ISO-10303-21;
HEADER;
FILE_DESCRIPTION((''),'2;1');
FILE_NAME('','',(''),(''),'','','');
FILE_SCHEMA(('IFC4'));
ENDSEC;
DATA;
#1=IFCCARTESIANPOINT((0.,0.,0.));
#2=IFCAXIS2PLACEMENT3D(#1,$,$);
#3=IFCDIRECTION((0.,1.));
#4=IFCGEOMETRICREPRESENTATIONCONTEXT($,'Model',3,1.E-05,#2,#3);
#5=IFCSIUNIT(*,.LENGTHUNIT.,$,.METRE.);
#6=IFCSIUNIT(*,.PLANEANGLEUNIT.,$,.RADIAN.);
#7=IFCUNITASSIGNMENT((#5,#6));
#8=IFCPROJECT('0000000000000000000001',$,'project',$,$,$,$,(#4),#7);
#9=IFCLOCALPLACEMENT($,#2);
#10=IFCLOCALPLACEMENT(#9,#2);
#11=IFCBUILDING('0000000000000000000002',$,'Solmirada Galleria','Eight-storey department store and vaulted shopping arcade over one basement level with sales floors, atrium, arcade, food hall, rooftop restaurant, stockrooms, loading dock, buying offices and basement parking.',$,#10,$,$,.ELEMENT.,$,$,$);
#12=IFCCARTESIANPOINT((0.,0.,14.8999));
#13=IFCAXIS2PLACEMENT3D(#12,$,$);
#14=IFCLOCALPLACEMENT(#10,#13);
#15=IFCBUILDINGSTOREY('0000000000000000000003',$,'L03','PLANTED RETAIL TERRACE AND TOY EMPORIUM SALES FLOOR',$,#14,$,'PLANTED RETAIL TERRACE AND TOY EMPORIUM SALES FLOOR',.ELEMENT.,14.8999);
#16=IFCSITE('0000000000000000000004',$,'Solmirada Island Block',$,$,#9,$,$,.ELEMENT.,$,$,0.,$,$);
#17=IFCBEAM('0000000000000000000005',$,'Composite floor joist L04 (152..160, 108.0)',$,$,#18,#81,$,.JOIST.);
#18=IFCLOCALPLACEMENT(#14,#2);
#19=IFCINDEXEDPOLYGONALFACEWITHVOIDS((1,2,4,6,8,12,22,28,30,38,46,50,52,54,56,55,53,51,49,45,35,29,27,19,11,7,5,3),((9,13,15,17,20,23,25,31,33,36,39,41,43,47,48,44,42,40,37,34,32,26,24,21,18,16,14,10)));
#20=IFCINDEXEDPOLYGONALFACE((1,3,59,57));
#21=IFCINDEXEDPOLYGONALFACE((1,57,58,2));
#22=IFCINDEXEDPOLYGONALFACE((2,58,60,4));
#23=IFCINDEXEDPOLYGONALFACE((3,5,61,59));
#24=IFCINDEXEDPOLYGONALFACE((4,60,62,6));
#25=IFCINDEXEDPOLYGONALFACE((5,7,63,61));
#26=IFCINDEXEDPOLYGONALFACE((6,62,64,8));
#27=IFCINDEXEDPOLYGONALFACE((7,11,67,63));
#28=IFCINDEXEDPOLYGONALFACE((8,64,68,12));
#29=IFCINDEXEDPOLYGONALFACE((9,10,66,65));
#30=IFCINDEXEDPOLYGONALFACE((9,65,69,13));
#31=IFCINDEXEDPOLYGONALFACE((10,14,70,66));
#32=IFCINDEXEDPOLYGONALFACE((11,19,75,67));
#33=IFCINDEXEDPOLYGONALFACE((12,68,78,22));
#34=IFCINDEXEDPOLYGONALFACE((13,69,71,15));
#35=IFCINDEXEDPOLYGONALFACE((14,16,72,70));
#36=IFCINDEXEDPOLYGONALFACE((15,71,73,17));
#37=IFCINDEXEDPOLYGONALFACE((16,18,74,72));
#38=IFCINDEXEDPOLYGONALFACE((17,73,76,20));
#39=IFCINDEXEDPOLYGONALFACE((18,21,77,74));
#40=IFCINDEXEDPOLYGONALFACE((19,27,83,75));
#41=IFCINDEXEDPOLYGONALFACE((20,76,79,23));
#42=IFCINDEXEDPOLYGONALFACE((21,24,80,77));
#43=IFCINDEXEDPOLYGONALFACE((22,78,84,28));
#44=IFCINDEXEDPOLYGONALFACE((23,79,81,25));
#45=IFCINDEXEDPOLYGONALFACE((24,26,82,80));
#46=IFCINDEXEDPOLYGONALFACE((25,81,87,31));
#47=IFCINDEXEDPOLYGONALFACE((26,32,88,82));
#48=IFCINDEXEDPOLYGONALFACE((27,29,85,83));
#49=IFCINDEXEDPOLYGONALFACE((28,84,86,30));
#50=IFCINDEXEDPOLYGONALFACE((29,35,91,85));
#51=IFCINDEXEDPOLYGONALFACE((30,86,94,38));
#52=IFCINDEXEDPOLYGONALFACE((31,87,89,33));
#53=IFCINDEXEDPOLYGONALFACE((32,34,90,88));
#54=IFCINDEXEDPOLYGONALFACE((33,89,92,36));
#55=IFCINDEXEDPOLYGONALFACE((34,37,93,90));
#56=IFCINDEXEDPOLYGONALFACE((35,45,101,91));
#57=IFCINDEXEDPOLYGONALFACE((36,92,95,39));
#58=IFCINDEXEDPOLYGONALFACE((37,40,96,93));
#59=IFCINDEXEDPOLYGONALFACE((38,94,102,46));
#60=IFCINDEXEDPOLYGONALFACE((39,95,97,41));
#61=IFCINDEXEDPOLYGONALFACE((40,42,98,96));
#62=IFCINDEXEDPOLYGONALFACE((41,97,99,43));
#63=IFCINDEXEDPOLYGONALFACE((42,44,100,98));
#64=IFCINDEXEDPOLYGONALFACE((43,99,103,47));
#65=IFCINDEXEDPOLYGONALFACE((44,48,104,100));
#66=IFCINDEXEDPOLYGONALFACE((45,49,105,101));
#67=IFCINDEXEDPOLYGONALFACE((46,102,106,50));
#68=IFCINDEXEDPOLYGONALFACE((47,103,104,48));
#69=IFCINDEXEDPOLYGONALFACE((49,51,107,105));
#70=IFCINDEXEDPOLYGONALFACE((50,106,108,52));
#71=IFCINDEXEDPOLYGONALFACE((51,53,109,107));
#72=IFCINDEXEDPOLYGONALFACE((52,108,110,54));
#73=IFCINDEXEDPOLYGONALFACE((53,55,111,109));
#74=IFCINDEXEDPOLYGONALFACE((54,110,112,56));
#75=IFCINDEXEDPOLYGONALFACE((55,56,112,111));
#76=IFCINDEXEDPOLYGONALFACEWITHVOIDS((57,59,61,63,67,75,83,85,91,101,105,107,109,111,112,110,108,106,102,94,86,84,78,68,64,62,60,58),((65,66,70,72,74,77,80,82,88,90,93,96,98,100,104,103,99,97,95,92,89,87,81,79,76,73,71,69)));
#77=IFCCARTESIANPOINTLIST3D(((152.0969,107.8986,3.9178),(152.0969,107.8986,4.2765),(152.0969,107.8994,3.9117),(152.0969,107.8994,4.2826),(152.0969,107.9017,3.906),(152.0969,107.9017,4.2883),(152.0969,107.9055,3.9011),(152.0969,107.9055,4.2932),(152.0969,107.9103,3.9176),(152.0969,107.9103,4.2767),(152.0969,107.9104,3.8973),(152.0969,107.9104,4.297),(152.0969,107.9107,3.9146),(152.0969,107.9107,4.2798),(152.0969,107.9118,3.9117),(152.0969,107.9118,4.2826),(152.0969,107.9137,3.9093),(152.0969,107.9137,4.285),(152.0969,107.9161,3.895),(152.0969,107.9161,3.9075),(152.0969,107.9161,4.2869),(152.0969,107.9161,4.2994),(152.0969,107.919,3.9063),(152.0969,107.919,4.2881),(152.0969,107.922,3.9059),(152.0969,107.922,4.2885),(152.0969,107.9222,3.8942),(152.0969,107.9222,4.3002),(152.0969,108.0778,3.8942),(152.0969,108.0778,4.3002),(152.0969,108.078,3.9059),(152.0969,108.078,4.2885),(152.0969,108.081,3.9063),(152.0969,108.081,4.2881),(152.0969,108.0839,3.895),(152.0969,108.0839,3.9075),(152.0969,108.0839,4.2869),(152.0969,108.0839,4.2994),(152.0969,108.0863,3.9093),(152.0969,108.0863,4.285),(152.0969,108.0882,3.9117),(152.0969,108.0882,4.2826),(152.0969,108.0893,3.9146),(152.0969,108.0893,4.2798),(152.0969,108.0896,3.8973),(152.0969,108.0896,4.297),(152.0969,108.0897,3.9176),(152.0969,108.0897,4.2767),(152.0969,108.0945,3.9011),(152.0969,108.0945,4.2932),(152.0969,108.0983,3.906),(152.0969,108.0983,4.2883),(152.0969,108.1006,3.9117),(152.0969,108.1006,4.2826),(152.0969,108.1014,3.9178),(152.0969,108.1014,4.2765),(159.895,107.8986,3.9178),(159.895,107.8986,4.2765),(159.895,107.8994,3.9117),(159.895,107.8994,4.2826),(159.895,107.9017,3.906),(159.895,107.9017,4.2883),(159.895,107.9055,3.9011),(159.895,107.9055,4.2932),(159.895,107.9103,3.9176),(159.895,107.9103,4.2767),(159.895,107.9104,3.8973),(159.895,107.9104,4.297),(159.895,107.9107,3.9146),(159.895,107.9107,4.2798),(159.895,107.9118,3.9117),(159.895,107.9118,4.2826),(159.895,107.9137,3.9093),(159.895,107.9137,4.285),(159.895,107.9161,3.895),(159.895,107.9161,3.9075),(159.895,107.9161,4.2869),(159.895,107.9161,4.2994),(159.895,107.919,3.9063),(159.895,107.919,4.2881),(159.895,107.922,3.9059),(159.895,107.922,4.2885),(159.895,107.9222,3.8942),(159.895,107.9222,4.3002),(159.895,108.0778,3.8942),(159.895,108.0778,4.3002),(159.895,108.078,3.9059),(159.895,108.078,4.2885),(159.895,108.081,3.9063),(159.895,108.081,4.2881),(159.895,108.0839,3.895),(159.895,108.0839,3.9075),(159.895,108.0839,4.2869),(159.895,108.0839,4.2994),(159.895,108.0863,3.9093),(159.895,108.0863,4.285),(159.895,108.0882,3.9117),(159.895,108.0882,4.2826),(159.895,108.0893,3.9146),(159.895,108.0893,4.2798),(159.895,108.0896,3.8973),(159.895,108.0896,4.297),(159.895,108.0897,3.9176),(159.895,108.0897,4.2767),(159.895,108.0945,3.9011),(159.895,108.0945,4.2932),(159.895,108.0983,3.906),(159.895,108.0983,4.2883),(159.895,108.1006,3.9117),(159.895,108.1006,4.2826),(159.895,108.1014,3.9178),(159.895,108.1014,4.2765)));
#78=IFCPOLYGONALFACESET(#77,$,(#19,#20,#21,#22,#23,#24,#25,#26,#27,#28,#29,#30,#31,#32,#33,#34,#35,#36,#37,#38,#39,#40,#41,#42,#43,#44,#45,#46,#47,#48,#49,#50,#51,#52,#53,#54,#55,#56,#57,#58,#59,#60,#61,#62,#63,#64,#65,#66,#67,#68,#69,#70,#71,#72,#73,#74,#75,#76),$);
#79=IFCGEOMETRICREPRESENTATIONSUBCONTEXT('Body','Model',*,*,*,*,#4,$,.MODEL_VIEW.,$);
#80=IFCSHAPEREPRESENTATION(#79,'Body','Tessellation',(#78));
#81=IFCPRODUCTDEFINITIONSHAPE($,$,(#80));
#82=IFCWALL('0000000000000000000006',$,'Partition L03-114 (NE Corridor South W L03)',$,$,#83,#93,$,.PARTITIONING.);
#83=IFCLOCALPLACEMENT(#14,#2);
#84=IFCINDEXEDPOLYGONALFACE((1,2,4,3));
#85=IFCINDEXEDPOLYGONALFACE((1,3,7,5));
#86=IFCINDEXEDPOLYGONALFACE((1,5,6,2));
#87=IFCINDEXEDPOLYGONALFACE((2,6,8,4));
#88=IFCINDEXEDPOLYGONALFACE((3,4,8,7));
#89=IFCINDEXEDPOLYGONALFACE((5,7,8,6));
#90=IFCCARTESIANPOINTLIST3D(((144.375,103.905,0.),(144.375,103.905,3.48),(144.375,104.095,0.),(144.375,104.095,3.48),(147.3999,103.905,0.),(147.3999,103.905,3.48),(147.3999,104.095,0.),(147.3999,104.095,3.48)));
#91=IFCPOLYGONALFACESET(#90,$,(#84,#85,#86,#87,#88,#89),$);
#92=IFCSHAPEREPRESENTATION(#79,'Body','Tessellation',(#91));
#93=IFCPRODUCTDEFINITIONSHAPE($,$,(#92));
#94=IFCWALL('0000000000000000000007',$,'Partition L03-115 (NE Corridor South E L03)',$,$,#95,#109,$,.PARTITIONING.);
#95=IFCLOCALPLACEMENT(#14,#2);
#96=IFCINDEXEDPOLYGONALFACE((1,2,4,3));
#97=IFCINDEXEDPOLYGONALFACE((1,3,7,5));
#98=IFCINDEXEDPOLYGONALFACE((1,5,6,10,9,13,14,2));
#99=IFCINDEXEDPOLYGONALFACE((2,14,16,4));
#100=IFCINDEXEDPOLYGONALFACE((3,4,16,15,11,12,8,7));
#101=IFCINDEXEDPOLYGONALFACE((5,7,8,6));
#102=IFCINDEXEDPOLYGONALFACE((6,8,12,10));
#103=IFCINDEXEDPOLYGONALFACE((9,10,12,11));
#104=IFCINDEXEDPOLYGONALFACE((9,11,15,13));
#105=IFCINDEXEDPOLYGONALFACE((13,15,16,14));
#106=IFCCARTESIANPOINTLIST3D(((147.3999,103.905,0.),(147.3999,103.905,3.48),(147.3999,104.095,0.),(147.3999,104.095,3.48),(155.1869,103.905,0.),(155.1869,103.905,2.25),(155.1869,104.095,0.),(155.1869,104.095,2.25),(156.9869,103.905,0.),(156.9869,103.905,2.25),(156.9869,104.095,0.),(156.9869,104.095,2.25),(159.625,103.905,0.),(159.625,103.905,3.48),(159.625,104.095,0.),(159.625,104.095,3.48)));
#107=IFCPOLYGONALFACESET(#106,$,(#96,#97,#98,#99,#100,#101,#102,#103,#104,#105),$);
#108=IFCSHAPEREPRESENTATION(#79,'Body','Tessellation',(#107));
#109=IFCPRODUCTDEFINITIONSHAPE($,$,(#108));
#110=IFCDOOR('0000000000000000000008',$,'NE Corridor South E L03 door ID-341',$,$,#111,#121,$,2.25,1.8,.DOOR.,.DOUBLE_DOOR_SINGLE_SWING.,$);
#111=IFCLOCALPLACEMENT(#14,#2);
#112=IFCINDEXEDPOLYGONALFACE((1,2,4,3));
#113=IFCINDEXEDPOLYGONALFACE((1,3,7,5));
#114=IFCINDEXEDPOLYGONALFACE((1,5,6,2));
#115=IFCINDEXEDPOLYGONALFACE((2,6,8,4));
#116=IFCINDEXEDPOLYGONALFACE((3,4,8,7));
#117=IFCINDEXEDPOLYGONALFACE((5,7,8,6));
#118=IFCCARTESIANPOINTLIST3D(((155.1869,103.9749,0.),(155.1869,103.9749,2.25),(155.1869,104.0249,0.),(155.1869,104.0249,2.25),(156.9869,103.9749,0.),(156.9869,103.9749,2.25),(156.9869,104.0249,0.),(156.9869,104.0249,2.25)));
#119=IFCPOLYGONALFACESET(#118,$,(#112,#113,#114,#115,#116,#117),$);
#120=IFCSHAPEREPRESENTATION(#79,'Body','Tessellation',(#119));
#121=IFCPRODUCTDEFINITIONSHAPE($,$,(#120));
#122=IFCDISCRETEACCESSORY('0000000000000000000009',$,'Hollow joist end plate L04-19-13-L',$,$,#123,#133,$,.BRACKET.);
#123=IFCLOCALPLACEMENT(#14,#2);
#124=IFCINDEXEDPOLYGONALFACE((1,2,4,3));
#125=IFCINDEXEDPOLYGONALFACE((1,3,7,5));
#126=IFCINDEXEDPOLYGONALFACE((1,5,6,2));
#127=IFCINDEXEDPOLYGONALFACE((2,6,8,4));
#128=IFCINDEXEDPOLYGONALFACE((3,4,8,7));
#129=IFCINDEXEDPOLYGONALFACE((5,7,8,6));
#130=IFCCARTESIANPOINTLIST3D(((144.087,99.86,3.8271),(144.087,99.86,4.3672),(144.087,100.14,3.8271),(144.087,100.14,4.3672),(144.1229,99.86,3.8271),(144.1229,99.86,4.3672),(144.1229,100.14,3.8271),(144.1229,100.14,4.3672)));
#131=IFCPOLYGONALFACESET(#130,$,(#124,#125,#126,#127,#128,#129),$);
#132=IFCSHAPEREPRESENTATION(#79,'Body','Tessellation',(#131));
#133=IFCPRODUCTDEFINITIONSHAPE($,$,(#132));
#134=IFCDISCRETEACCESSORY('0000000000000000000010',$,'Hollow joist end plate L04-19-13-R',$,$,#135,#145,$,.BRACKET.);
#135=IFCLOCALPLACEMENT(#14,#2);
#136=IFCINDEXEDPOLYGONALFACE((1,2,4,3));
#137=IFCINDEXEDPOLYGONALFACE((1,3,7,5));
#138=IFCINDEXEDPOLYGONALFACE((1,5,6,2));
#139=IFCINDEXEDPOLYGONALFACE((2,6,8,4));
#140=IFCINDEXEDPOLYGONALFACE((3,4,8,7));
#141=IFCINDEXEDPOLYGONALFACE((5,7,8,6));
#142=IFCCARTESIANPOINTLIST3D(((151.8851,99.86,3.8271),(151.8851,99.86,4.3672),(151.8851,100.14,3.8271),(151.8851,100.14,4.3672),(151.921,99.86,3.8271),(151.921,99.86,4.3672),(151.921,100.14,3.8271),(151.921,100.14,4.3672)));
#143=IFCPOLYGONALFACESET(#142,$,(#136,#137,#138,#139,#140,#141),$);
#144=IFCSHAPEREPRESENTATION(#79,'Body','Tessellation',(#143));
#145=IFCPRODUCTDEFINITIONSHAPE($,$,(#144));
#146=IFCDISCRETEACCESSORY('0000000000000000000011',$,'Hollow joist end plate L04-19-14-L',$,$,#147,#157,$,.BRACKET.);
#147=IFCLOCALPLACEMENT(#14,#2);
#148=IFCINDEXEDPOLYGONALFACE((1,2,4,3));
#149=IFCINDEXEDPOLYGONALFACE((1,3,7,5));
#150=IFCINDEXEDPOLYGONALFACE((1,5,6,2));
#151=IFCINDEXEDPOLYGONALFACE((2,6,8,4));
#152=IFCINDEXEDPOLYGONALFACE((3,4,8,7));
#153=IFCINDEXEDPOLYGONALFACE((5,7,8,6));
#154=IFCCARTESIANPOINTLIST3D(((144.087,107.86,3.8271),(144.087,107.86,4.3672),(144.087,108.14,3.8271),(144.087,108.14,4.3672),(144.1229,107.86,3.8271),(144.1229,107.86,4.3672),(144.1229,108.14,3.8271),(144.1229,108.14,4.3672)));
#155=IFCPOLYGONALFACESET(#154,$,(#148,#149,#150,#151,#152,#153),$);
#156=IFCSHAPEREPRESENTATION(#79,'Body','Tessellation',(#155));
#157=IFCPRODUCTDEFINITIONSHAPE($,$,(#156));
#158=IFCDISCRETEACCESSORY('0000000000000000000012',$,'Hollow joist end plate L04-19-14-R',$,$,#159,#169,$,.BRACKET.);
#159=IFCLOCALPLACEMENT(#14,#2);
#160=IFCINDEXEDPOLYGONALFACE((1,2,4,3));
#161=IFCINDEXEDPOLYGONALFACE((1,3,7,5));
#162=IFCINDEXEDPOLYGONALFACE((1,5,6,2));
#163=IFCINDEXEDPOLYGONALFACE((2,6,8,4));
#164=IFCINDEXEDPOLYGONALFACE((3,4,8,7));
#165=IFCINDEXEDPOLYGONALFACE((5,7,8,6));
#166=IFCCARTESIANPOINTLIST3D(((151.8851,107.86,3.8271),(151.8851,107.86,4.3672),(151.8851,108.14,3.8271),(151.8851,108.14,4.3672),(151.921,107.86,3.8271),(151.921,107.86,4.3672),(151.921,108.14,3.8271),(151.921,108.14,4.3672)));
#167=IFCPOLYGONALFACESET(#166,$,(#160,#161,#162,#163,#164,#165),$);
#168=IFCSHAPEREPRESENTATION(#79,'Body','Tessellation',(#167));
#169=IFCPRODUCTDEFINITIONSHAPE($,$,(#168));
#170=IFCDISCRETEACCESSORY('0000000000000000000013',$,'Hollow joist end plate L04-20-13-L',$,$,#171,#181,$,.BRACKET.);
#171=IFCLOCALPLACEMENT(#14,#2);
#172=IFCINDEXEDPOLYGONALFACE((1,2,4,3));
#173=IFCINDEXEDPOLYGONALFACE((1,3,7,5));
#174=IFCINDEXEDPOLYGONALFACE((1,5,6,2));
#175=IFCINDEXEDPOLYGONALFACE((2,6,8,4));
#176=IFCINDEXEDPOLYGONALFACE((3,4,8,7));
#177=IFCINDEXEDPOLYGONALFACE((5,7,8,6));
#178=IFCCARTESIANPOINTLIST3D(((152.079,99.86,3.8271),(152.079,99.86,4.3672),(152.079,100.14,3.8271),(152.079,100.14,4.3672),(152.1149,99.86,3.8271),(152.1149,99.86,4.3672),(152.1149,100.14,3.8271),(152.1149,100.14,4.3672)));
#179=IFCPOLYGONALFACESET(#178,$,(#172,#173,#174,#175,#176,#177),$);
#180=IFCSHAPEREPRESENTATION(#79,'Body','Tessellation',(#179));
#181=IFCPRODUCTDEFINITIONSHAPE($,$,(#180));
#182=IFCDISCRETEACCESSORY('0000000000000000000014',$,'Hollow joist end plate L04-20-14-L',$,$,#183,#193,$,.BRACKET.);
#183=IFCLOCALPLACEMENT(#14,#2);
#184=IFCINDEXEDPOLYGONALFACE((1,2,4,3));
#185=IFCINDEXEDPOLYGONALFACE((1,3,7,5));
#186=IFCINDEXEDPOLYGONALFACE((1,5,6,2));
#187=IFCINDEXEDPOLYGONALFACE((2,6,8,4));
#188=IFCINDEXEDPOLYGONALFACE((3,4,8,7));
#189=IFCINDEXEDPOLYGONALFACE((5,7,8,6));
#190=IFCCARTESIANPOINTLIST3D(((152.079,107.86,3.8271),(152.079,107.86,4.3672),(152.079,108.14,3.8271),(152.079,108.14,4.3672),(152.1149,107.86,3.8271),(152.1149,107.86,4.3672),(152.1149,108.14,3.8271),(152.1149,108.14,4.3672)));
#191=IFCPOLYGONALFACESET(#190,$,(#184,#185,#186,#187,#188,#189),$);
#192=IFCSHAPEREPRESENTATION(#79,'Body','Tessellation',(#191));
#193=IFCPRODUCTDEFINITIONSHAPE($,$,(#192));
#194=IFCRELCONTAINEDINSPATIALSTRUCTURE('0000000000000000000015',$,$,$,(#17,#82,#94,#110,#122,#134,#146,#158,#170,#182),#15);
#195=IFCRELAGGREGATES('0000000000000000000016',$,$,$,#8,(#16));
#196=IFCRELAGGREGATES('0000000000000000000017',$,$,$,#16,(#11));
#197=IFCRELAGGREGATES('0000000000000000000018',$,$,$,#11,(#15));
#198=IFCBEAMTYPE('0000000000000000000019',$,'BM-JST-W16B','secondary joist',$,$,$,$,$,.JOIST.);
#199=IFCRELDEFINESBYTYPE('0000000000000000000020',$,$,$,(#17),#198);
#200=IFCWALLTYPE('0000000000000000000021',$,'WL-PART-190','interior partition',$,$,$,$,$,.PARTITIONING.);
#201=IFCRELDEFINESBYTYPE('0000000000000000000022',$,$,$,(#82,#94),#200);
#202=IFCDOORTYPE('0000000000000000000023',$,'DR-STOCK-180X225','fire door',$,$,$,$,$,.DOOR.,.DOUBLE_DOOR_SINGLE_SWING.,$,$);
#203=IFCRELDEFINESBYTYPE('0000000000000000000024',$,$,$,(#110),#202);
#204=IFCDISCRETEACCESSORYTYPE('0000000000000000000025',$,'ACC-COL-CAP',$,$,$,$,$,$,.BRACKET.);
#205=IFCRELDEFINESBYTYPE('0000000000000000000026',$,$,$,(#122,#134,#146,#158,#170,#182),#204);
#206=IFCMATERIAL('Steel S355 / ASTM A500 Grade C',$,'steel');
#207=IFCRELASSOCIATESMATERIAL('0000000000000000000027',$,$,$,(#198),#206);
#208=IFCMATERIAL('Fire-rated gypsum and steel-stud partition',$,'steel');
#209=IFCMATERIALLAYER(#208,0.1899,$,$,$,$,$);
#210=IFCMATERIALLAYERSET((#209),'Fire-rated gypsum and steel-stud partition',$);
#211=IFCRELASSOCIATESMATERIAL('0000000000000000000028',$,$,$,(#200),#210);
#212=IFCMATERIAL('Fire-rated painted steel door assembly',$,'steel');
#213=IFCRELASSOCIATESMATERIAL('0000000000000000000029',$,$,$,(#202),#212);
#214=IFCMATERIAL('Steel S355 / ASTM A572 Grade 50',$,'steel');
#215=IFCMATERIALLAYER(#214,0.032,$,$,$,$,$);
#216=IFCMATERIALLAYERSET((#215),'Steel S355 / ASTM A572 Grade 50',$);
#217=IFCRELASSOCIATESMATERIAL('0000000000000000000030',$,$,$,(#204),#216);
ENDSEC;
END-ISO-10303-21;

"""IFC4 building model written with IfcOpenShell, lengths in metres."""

from ifc_helpers import new_model, si_unit, direction, frame, frame_2d, origin, origin_2d, place, context, subcontext, project, spatial, rectangle, hollow_rectangle, extrude, material, layer, layer_set, material_profile, profile_set, type_object, element, fill, save


model = new_model("IFC4")

# Units and contexts
model_context = context("Model", 3, precision=1e-05, world=origin(), true_north=direction((0.0, 1.0)))
body_context = subcontext(model_context, "Body", "Model", "MODEL_VIEW")
ifc_project = project(units=[si_unit("LENGTHUNIT", "METRE"), si_unit("PLANEANGLEUNIT", "RADIAN")], contexts=[model_context])

# Site, building, storey
site_placement = place(None, origin())
site = spatial("IfcSite", under=ifc_project, at=site_placement, Name="Solmirada Island Block", CompositionType="ELEMENT", RefElevation=0.0)
building_placement = place(site_placement, origin())
building = spatial("IfcBuilding", under=site, at=building_placement, Name="Solmirada Galleria", Description="Eight-storey department store and vaulted shopping arcade over one basement level with sales floors, atrium, arcade, food hall, rooftop restaurant, stockrooms, loading dock, buying offices and basement parking.", CompositionType="ELEMENT")
storey_placement = place(building_placement, frame((0.0, 0.0, 14.8999)))
storey = spatial("IfcBuildingStorey", under=building, at=storey_placement, Name="L03", Description="PLANTED RETAIL TERRACE AND TOY EMPORIUM SALES FLOOR", LongName="PLANTED RETAIL TERRACE AND TOY EMPORIUM SALES FLOOR", CompositionType="ELEMENT", Elevation=14.8999)

# Beam
ifc_material_1 = material(Name="Steel S355 / ASTM A500 Grade C", Category="steel")
ifc_material_profile_1 = material_profile(ifc_material_1, hollow_rectangle(XDim=0.2029, YDim=0.406, WallThickness=0.0117, InnerFilletRadius=0.0117, OuterFilletRadius=0.0237, at=origin_2d()), Name="HSS16X8X1/2")
ifc_profile_set_1 = profile_set([ifc_material_profile_1], Name="Steel S355 / ASTM A500 Grade C")
beam_type_1 = type_object("IfcBeamType", Name="BM-JST-W16B", Description="secondary joist", PredefinedType="JOIST", material=ifc_profile_set_1)
for number, where, z_axis, x_axis, name in (
    (1, (152.0969, 108.0, 4.0972), (1.0, 0.0, 0.0), (0.0, 1.0, 0.0), "Composite floor joist L04 (152..160, 108.0)"),
):
    element("IfcBeam", number, at=place(storey_placement, frame(where, z_axis=z_axis, x_axis=x_axis)), inside=storey, type_object=beam_type_1, Name=name, PredefinedType="JOIST", context=body_context, shape_type="SweptSolid", body=[
        extrude(hollow_rectangle(XDim=0.2029, YDim=0.406, WallThickness=0.0117, InnerFilletRadius=0.0117, OuterFilletRadius=0.0237, at=origin_2d()), origin(), (0.0, 0.0, 1.0), 7.7981),
    ])

# Wall
ifc_material_2 = material(Name="Fire-rated gypsum and steel-stud partition", Category="steel")
ifc_layer_1 = layer(ifc_material_2, 0.1899)
ifc_layer_set_1 = layer_set([ifc_layer_1], Name="Fire-rated gypsum and steel-stud partition")
wall_type = type_object("IfcWallType", Name="WL-PART-190", Description="interior partition", PredefinedType="PARTITIONING", material=ifc_layer_set_1)
wall_1_placement = place(storey_placement, frame((144.375, 104.0, 0.0), z_axis=(0.0, 0.0, 1.0), x_axis=(1.0, 0.0, 0.0)))
element("IfcWall", 2, at=wall_1_placement, inside=storey, type_object=wall_type, Name="Partition L03-114 (NE Corridor South W L03)", PredefinedType="PARTITIONING", context=body_context, shape_type="SweptSolid", body=[
    extrude(rectangle(XDim=3.0249, YDim=0.1899, at=frame_2d((1.5125, 0.0))), origin(), (0.0, 0.0, 1.0), 3.48),
])

# Wall, opening, door
wall_2_placement = place(storey_placement, frame((147.3999, 104.0, 0.0), z_axis=(0.0, 0.0, 1.0), x_axis=(1.0, 0.0, 0.0)))
wall_2 = element("IfcWall", 3, at=wall_2_placement, inside=storey, type_object=wall_type, Name="Partition L03-115 (NE Corridor South E L03)", PredefinedType="PARTITIONING", context=body_context, shape_type="SweptSolid", body=[
    extrude(rectangle(XDim=12.2251, YDim=0.1899, at=frame_2d((6.1125, 0.0))), origin(), (0.0, 0.0, 1.0), 3.48),
])
opening_placement = place(wall_2_placement, frame((7.7871, 0.0, 0.0)))
opening = element("IfcOpeningElement", 4, at=opening_placement, cuts=wall_2, PredefinedType="OPENING", context=body_context, shape_type="SweptSolid", body=[
    extrude(rectangle(XDim=1.8, YDim=2.25, at=frame_2d((0.8999, 1.125))), frame((0.0, 0.105, 0.0), z_axis=(0.0, -1.0, 0.0), x_axis=(1.0, 0.0, 0.0)), (0.0, 0.0, 1.0), 0.21),
])
ifc_material_3 = material(Name="Fire-rated painted steel door assembly", Category="steel")
door_type = type_object("IfcDoorType", Name="DR-STOCK-180X225", Description="fire door", OperationType="DOUBLE_DOOR_SINGLE_SWING", PredefinedType="DOOR", material=ifc_material_3)
door_placement = place(opening_placement, origin())
door = element("IfcDoor", 5, at=door_placement, inside=storey, type_object=door_type, Name="NE Corridor South E L03 door ID-341", OperationType="DOUBLE_DOOR_SINGLE_SWING", OverallHeight=2.25, OverallWidth=1.8, PredefinedType="DOOR", context=body_context, shape_type="SweptSolid", body=[
    extrude(rectangle(XDim=1.8, YDim=2.25, at=frame_2d((0.8999, 1.125))), frame((0.0, 0.0249, 0.0), z_axis=(0.0, -1.0, 0.0), x_axis=(1.0, 0.0, 0.0)), (0.0, 0.0, 1.0), 0.05),
])
fill(opening, door)

# Discrete accessories
ifc_material_4 = material(Name="Steel S355 / ASTM A572 Grade 50", Category="steel")
ifc_layer_2 = layer(ifc_material_4, 0.032)
ifc_layer_set_2 = layer_set([ifc_layer_2], Name="Steel S355 / ASTM A572 Grade 50")
discrete_accessory_type = type_object("IfcDiscreteAccessoryType", Name="ACC-COL-CAP", PredefinedType="BRACKET", material=ifc_layer_set_2)
for number, where, z_axis, x_axis, name in (
    (6, (144.105, 100.0, 3.8271), (0.0, 0.0, 1.0), (1.0, 0.0, 0.0), "Hollow joist end plate L04-19-13-L"),
    (7, (151.9031, 100.0, 3.8271), (0.0, 0.0, 1.0), (1.0, 0.0, 0.0), "Hollow joist end plate L04-19-13-R"),
    (8, (144.105, 108.0, 3.8271), (0.0, 0.0, 1.0), (1.0, 0.0, 0.0), "Hollow joist end plate L04-19-14-L"),
    (9, (151.9031, 108.0, 3.8271), (0.0, 0.0, 1.0), (1.0, 0.0, 0.0), "Hollow joist end plate L04-19-14-R"),
    (10, (152.0969, 100.0, 3.8271), (0.0, 0.0, 1.0), (1.0, 0.0, 0.0), "Hollow joist end plate L04-20-13-L"),
    (11, (152.0969, 108.0, 3.8271), (0.0, 0.0, 1.0), (1.0, 0.0, 0.0), "Hollow joist end plate L04-20-14-L"),
):
    element("IfcDiscreteAccessory", number, at=place(storey_placement, frame(where, z_axis=z_axis, x_axis=x_axis)), inside=storey, type_object=discrete_accessory_type, Name=name, PredefinedType="BRACKET", context=body_context, shape_type="SweptSolid", body=[
        extrude(rectangle(XDim=0.0359, YDim=0.28, at=origin_2d()), origin(), (0.0, 0.0, 1.0), 0.54),
    ])

save(model, "model.ifc")
